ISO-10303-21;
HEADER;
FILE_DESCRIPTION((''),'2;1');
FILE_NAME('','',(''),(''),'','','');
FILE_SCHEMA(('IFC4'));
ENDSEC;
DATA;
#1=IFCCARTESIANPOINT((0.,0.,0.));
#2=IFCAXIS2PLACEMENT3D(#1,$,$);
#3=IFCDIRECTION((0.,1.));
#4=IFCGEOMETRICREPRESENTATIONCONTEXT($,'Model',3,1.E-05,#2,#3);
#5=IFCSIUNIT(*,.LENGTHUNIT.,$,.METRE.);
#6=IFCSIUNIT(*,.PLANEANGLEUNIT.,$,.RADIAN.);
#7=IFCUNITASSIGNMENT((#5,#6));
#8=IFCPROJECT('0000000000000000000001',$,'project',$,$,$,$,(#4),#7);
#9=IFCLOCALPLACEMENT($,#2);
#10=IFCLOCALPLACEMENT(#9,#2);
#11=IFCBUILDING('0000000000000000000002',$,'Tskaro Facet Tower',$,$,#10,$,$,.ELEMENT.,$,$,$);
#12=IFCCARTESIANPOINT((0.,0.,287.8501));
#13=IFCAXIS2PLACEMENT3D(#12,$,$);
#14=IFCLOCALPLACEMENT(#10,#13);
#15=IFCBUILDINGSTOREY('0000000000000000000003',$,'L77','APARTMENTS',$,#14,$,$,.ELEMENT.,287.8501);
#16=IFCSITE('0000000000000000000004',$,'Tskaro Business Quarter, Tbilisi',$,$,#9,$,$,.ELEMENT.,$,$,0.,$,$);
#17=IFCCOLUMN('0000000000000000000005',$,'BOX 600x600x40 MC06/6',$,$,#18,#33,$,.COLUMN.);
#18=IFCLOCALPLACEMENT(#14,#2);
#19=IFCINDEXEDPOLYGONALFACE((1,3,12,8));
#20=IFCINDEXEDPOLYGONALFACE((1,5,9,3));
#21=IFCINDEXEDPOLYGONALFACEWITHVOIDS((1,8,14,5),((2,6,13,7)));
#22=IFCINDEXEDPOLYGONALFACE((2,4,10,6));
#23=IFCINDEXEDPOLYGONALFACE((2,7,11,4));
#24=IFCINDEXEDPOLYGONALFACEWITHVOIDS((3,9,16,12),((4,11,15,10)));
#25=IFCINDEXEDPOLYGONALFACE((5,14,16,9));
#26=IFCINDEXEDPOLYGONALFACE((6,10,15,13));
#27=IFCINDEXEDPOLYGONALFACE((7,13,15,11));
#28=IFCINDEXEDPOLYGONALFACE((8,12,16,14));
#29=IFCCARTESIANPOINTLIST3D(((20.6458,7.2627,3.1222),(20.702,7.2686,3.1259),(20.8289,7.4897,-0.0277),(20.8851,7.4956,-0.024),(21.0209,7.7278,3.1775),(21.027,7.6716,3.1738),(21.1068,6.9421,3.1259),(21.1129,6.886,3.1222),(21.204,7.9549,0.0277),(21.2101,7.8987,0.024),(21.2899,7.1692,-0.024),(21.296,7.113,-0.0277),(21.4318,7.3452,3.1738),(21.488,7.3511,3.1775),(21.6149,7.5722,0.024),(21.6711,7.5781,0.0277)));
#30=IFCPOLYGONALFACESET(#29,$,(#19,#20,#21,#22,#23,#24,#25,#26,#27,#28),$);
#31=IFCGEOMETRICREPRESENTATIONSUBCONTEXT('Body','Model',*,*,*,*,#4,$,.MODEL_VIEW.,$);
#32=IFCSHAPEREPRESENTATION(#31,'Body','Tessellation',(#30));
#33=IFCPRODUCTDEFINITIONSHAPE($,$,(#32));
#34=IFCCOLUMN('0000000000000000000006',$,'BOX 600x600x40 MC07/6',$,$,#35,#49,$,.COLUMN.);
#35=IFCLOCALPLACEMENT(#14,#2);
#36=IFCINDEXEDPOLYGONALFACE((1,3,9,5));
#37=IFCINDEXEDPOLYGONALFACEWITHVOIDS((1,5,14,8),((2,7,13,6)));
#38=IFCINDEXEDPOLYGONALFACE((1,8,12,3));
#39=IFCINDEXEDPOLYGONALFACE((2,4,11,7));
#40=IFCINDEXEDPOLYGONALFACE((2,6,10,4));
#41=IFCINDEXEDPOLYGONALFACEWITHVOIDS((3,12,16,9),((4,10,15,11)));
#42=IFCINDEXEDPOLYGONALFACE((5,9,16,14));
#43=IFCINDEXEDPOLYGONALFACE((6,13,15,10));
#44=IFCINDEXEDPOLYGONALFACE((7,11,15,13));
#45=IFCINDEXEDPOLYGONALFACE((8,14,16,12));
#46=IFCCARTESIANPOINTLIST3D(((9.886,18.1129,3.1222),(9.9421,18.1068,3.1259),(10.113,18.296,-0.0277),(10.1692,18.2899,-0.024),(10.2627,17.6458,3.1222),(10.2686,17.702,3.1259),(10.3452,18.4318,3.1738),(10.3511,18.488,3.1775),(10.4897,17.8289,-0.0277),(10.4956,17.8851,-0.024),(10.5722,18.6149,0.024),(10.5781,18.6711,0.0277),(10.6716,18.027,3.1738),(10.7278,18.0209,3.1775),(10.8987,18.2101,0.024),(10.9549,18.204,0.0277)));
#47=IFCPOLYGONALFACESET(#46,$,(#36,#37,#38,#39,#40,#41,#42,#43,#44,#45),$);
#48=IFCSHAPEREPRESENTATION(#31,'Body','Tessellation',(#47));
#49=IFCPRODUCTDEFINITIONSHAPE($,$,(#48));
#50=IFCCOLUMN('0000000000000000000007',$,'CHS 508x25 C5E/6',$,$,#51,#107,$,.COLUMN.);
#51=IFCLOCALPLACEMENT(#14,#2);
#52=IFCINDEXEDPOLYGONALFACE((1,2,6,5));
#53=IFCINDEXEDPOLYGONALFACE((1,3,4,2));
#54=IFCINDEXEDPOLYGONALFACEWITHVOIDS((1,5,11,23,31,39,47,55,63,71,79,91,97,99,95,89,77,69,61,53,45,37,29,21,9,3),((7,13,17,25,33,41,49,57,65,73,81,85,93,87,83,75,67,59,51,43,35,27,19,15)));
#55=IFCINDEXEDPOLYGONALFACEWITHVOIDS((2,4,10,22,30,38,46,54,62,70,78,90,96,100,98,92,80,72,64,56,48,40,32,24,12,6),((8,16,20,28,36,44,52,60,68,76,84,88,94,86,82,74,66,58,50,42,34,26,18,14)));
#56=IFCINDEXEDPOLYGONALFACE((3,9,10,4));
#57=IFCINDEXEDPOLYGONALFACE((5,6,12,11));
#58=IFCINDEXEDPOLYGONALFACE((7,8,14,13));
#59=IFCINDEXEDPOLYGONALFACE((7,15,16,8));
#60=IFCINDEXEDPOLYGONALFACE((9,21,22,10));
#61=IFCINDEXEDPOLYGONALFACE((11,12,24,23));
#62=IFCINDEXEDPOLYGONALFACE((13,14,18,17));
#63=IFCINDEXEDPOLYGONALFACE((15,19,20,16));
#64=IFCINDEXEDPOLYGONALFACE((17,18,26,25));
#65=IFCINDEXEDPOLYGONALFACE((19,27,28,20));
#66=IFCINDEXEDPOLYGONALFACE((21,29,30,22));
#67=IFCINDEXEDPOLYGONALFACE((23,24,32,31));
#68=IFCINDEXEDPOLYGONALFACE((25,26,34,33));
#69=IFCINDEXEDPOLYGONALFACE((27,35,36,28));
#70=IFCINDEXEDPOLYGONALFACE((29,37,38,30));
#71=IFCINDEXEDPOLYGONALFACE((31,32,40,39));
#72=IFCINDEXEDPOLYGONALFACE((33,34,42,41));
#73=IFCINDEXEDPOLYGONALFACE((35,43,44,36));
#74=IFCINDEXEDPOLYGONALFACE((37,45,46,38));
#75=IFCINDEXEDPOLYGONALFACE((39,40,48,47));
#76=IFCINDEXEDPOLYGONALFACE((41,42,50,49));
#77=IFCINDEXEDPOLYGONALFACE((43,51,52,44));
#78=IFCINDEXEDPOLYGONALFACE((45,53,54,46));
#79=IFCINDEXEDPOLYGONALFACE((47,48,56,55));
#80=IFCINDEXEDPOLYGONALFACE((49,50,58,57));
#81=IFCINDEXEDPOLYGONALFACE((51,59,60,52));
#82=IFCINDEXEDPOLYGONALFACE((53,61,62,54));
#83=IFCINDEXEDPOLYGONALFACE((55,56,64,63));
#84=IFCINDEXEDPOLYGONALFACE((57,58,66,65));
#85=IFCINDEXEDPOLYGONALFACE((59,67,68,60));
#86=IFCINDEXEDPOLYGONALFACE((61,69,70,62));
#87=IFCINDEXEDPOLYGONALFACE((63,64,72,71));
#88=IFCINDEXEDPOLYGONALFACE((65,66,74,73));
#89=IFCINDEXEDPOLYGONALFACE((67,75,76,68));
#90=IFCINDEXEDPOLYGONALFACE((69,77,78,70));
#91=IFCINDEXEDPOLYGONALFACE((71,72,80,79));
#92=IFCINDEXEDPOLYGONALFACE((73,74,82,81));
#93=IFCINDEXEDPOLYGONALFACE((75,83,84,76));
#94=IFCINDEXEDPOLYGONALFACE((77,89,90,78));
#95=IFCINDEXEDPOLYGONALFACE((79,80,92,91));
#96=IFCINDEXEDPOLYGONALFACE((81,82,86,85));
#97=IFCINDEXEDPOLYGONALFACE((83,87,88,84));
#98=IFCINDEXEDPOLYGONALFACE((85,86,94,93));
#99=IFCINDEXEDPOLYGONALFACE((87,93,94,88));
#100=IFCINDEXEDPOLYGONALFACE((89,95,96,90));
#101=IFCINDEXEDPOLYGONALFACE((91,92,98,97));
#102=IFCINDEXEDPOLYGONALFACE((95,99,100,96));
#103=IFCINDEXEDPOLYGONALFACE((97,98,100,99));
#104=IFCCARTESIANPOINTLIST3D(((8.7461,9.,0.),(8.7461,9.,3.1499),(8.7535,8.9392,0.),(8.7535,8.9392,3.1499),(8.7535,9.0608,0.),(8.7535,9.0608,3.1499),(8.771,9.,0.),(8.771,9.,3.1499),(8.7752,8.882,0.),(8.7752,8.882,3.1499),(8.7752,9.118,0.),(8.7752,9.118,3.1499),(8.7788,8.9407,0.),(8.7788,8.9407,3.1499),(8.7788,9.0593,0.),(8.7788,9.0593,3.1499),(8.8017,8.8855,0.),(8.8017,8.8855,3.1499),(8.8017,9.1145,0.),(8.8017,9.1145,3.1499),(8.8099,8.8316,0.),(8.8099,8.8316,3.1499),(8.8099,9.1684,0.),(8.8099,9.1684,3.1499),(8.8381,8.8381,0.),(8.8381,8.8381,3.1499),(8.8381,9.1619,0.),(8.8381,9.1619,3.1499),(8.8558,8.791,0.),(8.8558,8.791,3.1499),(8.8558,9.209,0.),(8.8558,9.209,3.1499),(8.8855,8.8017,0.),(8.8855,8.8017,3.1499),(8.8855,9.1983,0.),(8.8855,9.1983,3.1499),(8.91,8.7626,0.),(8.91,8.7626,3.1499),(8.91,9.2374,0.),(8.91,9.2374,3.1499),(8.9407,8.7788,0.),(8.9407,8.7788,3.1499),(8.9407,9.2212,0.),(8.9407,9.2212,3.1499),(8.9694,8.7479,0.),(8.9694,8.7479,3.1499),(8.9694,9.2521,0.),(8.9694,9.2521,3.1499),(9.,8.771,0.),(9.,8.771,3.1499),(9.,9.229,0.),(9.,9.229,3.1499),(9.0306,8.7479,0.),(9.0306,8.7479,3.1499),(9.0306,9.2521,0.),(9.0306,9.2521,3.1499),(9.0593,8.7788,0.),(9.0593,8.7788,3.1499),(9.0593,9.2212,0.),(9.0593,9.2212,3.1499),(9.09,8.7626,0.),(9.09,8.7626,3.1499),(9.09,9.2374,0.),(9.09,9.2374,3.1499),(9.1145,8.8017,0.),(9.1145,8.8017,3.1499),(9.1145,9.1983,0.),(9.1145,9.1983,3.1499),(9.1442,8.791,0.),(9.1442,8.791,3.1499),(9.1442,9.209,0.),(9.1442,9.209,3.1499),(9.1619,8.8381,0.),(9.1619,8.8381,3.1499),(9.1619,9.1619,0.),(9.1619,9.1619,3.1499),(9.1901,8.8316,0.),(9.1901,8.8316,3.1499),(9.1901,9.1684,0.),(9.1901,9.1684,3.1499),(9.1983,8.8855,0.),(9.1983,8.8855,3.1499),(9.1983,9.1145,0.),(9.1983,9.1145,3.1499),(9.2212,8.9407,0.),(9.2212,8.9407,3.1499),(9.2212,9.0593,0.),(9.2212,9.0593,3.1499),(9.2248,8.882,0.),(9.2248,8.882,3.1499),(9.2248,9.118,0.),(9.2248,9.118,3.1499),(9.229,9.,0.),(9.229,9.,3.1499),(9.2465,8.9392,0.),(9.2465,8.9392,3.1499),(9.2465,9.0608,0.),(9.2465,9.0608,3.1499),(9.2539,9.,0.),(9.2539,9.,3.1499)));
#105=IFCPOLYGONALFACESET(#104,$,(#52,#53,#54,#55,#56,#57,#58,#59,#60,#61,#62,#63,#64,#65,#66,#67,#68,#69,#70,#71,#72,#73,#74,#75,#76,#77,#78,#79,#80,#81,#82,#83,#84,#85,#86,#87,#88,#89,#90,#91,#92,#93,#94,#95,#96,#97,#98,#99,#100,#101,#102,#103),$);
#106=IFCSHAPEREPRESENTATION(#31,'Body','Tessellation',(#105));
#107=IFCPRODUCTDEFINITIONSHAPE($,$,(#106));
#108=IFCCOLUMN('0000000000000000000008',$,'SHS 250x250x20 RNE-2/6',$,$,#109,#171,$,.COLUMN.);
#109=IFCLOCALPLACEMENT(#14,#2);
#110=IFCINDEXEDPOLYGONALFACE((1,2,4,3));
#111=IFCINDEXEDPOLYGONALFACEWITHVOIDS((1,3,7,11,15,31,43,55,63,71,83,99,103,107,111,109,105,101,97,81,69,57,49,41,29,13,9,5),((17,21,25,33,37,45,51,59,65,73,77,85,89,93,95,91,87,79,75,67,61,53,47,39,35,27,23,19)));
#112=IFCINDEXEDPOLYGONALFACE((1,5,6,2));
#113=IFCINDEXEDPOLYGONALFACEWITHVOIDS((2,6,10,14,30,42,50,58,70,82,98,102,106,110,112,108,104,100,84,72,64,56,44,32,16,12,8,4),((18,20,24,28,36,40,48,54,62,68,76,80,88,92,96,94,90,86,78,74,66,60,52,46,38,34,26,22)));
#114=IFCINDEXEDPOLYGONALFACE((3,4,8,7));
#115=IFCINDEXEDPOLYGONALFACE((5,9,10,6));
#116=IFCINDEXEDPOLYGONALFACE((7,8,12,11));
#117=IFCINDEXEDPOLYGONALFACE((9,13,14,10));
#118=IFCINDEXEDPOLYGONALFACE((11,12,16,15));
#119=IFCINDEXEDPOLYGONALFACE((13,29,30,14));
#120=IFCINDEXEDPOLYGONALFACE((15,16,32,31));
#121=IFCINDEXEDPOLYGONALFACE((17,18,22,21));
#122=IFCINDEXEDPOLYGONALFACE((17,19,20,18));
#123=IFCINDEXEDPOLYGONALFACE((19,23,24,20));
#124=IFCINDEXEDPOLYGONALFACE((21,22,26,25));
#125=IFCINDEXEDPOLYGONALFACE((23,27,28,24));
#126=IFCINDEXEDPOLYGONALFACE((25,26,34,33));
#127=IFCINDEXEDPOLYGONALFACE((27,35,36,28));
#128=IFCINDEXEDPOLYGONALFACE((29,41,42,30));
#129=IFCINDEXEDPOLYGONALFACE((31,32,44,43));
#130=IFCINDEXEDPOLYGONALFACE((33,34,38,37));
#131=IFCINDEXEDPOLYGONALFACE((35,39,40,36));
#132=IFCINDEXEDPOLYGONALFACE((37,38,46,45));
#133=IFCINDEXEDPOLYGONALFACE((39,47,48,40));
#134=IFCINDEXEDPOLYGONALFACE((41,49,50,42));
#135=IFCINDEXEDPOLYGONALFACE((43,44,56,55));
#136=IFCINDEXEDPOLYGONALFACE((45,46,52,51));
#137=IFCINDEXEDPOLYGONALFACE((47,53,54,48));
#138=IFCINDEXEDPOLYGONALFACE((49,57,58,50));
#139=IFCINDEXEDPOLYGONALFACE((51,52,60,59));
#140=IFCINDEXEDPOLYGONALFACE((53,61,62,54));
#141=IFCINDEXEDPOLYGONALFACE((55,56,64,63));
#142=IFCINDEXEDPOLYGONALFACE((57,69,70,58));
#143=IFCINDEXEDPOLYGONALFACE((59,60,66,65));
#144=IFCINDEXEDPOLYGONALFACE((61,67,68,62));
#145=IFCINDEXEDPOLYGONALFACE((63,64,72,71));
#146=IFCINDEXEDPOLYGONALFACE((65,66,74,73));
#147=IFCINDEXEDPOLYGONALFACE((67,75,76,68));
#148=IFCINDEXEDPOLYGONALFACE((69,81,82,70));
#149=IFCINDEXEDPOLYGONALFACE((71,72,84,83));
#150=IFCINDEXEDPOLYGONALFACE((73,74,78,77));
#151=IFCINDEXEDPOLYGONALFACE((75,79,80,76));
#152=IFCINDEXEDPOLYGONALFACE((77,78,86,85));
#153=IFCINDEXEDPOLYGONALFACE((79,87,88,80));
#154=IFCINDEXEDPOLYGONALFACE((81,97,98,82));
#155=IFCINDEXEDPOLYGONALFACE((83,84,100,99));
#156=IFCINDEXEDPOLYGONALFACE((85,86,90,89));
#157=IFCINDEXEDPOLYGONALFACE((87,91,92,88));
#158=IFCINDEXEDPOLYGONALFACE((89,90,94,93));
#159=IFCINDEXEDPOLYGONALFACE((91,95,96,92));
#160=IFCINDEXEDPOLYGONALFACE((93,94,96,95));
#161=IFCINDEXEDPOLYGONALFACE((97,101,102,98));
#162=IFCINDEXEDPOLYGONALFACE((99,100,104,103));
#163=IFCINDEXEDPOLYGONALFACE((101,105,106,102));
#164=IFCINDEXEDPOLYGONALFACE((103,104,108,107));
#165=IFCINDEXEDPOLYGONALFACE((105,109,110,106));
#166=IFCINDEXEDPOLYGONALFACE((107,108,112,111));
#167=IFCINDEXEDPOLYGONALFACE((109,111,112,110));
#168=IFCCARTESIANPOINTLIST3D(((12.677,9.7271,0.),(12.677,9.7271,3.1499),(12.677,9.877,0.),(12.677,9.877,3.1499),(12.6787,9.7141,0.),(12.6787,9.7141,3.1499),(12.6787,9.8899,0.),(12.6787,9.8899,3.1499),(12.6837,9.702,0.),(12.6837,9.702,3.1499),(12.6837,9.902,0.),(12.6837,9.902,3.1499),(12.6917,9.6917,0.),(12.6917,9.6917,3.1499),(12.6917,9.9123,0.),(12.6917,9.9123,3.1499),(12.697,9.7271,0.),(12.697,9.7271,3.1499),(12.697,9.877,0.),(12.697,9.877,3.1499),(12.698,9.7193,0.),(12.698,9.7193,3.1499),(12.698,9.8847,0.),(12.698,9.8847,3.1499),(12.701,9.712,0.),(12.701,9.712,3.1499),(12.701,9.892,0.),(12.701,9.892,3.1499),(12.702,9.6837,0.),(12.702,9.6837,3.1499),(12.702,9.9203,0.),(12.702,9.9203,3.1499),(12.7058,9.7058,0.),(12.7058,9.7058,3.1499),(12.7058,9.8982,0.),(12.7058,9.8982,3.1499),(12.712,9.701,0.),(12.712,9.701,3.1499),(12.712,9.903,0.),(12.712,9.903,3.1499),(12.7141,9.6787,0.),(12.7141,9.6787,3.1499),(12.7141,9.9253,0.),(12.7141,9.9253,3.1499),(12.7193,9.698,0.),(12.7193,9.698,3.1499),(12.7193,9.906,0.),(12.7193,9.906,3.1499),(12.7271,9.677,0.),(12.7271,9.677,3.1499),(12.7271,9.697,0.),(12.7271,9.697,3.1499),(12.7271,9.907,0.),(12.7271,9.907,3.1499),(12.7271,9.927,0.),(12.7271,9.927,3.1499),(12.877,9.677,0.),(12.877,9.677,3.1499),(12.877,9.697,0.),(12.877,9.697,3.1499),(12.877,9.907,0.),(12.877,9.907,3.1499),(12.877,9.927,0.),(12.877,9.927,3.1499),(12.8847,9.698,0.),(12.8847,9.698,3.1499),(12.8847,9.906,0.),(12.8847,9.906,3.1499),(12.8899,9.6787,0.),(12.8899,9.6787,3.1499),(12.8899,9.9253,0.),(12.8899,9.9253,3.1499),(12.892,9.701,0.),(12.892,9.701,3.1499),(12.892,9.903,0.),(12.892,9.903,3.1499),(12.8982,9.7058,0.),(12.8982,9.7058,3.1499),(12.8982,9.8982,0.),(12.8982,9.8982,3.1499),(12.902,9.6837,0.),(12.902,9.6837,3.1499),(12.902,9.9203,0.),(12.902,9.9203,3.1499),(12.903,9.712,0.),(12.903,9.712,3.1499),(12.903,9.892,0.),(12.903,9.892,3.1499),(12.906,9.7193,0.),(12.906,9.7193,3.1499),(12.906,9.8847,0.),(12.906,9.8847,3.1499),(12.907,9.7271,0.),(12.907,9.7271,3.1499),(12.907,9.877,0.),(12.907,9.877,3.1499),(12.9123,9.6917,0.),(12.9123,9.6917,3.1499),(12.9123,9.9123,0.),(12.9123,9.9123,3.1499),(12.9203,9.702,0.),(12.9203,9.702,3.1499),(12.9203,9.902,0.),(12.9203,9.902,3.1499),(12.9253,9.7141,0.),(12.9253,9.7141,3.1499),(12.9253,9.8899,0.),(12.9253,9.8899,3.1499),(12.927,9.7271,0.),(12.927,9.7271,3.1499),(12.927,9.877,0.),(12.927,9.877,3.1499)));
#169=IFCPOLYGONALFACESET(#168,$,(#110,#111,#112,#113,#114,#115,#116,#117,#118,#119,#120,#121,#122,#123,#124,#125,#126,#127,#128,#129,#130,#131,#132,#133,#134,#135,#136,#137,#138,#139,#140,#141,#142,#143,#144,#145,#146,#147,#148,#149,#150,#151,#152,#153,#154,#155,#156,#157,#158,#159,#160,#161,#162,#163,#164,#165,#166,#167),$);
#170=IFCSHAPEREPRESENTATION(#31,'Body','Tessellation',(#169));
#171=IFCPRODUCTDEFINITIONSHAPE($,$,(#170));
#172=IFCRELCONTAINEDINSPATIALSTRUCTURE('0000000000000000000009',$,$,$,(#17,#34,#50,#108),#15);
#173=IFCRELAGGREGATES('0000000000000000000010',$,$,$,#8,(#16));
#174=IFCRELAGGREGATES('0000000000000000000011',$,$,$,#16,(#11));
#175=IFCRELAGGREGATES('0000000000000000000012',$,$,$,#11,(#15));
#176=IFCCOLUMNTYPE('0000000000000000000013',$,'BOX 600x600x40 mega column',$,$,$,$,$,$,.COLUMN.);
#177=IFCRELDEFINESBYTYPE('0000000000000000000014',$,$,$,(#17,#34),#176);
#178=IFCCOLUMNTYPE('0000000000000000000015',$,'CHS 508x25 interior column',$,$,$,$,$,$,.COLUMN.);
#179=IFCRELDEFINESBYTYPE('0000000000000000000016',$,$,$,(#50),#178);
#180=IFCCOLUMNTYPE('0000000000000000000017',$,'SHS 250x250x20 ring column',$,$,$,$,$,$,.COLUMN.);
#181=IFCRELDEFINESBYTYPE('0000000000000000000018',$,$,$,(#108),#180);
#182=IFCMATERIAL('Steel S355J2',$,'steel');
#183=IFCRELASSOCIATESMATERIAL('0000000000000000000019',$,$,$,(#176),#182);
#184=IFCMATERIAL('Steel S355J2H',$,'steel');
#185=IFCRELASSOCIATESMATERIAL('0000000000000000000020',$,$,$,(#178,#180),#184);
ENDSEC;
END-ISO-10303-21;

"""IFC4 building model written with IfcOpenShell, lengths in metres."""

from ifc_helpers import new_model, si_unit, direction, frame, origin, origin_2d, place, context, subcontext, project, spatial, hollow_rectangle, hollow_circle, extrude, material, material_profile, profile_set, type_object, element, save


model = new_model("IFC4")

# Units and contexts
model_context = context("Model", 3, precision=1e-05, world=origin(), true_north=direction((0.0, 1.0)))
body_context = subcontext(model_context, "Body", "Model", "MODEL_VIEW")
ifc_project = project(units=[si_unit("LENGTHUNIT", "METRE"), si_unit("PLANEANGLEUNIT", "RADIAN")], contexts=[model_context])

# Site, building, storey
site_placement = place(None, origin())
site = spatial("IfcSite", under=ifc_project, at=site_placement, Name="Tskaro Business Quarter, Tbilisi", CompositionType="ELEMENT", RefElevation=0.0)
building_placement = place(site_placement, origin())
building = spatial("IfcBuilding", under=site, at=building_placement, Name="Tskaro Facet Tower", CompositionType="ELEMENT")
storey_placement = place(building_placement, frame((0.0, 0.0, 287.8501)))
storey = spatial("IfcBuildingStorey", under=building, at=storey_placement, Name="L77", Description="APARTMENTS", CompositionType="ELEMENT", Elevation=287.8501)

# Columns
ifc_material_1 = material(Name="Steel S355J2", Category="steel")
ifc_material_profile_1 = material_profile(ifc_material_1, hollow_rectangle(XDim=0.6001, YDim=0.6001, WallThickness=0.04, at=origin_2d()), Name="BOX 600x600x40")
ifc_profile_set_1 = profile_set([ifc_material_profile_1], Name="Steel S355J2")
column_type_1 = type_object("IfcColumnType", Name="BOX 600x600x40 mega column", PredefinedType="COLUMN", material=ifc_profile_set_1)
for number, where, z_axis, x_axis, name in (
    (1, (21.25, 7.5339, 0.0), (-0.057883, -0.071775, 0.99574), (0.778413, -0.627752, 0.0), "BOX 600x600x40 MC06/6"),
    (2, (10.5339, 18.25, 0.0), (-0.071775, -0.057883, 0.99574), (0.627752, -0.778413, 0.0), "BOX 600x600x40 MC07/6"),
):
    element("IfcColumn", number, at=place(storey_placement, frame(where, z_axis=z_axis, x_axis=x_axis)), inside=storey, type_object=column_type_1, Name=name, PredefinedType="COLUMN", context=body_context, shape_type="SweptSolid", body=[
        extrude(hollow_rectangle(XDim=0.6001, YDim=0.6001, WallThickness=0.04, at=origin_2d()), origin(), (0.0, 0.0, 1.0), 3.1633),
    ])
ifc_material_2 = material(Name="Steel S355J2H", Category="steel")
ifc_material_profile_2 = material_profile(ifc_material_2, hollow_circle(Radius=0.2539, WallThickness=0.0249, at=origin_2d()), Name="CHS 508x25")
ifc_profile_set_2 = profile_set([ifc_material_profile_2], Name="Steel S355J2H")
column_type_2 = type_object("IfcColumnType", Name="CHS 508x25 interior column", PredefinedType="COLUMN", material=ifc_profile_set_2)
column_1_placement = place(storey_placement, frame((9.0, 9.0, 0.0), z_axis=(0.0, 0.0, 1.0), x_axis=(1.0, 0.0, 0.0)))
element("IfcColumn", 3, at=column_1_placement, inside=storey, type_object=column_type_2, Name="CHS 508x25 C5E/6", PredefinedType="COLUMN", context=body_context, shape_type="SweptSolid", body=[
    extrude(hollow_circle(Radius=0.2539, WallThickness=0.0249, at=origin_2d()), origin(), (0.0, 0.0, 1.0), 3.1499),
])
ifc_material_profile_3 = material_profile(ifc_material_2, hollow_rectangle(XDim=0.25, YDim=0.25, WallThickness=0.02, InnerFilletRadius=0.03, OuterFilletRadius=0.05, at=origin_2d()), Name="SHS 250x250x20")
ifc_profile_set_3 = profile_set([ifc_material_profile_3], Name="Steel S355J2H")
column_type_3 = type_object("IfcColumnType", Name="SHS 250x250x20 ring column", PredefinedType="COLUMN", material=ifc_profile_set_3)
column_2_placement = place(storey_placement, frame((12.802, 9.802, 0.0), z_axis=(0.0, 0.0, 1.0), x_axis=(1.0, 0.0, 0.0)))
element("IfcColumn", 4, at=column_2_placement, inside=storey, type_object=column_type_3, Name="SHS 250x250x20 RNE-2/6", PredefinedType="COLUMN", context=body_context, shape_type="SweptSolid", body=[
    extrude(hollow_rectangle(XDim=0.25, YDim=0.25, WallThickness=0.02, InnerFilletRadius=0.03, OuterFilletRadius=0.05, at=origin_2d()), origin(), (0.0, 0.0, 1.0), 3.1499),
])

save(model, "model.ifc")
